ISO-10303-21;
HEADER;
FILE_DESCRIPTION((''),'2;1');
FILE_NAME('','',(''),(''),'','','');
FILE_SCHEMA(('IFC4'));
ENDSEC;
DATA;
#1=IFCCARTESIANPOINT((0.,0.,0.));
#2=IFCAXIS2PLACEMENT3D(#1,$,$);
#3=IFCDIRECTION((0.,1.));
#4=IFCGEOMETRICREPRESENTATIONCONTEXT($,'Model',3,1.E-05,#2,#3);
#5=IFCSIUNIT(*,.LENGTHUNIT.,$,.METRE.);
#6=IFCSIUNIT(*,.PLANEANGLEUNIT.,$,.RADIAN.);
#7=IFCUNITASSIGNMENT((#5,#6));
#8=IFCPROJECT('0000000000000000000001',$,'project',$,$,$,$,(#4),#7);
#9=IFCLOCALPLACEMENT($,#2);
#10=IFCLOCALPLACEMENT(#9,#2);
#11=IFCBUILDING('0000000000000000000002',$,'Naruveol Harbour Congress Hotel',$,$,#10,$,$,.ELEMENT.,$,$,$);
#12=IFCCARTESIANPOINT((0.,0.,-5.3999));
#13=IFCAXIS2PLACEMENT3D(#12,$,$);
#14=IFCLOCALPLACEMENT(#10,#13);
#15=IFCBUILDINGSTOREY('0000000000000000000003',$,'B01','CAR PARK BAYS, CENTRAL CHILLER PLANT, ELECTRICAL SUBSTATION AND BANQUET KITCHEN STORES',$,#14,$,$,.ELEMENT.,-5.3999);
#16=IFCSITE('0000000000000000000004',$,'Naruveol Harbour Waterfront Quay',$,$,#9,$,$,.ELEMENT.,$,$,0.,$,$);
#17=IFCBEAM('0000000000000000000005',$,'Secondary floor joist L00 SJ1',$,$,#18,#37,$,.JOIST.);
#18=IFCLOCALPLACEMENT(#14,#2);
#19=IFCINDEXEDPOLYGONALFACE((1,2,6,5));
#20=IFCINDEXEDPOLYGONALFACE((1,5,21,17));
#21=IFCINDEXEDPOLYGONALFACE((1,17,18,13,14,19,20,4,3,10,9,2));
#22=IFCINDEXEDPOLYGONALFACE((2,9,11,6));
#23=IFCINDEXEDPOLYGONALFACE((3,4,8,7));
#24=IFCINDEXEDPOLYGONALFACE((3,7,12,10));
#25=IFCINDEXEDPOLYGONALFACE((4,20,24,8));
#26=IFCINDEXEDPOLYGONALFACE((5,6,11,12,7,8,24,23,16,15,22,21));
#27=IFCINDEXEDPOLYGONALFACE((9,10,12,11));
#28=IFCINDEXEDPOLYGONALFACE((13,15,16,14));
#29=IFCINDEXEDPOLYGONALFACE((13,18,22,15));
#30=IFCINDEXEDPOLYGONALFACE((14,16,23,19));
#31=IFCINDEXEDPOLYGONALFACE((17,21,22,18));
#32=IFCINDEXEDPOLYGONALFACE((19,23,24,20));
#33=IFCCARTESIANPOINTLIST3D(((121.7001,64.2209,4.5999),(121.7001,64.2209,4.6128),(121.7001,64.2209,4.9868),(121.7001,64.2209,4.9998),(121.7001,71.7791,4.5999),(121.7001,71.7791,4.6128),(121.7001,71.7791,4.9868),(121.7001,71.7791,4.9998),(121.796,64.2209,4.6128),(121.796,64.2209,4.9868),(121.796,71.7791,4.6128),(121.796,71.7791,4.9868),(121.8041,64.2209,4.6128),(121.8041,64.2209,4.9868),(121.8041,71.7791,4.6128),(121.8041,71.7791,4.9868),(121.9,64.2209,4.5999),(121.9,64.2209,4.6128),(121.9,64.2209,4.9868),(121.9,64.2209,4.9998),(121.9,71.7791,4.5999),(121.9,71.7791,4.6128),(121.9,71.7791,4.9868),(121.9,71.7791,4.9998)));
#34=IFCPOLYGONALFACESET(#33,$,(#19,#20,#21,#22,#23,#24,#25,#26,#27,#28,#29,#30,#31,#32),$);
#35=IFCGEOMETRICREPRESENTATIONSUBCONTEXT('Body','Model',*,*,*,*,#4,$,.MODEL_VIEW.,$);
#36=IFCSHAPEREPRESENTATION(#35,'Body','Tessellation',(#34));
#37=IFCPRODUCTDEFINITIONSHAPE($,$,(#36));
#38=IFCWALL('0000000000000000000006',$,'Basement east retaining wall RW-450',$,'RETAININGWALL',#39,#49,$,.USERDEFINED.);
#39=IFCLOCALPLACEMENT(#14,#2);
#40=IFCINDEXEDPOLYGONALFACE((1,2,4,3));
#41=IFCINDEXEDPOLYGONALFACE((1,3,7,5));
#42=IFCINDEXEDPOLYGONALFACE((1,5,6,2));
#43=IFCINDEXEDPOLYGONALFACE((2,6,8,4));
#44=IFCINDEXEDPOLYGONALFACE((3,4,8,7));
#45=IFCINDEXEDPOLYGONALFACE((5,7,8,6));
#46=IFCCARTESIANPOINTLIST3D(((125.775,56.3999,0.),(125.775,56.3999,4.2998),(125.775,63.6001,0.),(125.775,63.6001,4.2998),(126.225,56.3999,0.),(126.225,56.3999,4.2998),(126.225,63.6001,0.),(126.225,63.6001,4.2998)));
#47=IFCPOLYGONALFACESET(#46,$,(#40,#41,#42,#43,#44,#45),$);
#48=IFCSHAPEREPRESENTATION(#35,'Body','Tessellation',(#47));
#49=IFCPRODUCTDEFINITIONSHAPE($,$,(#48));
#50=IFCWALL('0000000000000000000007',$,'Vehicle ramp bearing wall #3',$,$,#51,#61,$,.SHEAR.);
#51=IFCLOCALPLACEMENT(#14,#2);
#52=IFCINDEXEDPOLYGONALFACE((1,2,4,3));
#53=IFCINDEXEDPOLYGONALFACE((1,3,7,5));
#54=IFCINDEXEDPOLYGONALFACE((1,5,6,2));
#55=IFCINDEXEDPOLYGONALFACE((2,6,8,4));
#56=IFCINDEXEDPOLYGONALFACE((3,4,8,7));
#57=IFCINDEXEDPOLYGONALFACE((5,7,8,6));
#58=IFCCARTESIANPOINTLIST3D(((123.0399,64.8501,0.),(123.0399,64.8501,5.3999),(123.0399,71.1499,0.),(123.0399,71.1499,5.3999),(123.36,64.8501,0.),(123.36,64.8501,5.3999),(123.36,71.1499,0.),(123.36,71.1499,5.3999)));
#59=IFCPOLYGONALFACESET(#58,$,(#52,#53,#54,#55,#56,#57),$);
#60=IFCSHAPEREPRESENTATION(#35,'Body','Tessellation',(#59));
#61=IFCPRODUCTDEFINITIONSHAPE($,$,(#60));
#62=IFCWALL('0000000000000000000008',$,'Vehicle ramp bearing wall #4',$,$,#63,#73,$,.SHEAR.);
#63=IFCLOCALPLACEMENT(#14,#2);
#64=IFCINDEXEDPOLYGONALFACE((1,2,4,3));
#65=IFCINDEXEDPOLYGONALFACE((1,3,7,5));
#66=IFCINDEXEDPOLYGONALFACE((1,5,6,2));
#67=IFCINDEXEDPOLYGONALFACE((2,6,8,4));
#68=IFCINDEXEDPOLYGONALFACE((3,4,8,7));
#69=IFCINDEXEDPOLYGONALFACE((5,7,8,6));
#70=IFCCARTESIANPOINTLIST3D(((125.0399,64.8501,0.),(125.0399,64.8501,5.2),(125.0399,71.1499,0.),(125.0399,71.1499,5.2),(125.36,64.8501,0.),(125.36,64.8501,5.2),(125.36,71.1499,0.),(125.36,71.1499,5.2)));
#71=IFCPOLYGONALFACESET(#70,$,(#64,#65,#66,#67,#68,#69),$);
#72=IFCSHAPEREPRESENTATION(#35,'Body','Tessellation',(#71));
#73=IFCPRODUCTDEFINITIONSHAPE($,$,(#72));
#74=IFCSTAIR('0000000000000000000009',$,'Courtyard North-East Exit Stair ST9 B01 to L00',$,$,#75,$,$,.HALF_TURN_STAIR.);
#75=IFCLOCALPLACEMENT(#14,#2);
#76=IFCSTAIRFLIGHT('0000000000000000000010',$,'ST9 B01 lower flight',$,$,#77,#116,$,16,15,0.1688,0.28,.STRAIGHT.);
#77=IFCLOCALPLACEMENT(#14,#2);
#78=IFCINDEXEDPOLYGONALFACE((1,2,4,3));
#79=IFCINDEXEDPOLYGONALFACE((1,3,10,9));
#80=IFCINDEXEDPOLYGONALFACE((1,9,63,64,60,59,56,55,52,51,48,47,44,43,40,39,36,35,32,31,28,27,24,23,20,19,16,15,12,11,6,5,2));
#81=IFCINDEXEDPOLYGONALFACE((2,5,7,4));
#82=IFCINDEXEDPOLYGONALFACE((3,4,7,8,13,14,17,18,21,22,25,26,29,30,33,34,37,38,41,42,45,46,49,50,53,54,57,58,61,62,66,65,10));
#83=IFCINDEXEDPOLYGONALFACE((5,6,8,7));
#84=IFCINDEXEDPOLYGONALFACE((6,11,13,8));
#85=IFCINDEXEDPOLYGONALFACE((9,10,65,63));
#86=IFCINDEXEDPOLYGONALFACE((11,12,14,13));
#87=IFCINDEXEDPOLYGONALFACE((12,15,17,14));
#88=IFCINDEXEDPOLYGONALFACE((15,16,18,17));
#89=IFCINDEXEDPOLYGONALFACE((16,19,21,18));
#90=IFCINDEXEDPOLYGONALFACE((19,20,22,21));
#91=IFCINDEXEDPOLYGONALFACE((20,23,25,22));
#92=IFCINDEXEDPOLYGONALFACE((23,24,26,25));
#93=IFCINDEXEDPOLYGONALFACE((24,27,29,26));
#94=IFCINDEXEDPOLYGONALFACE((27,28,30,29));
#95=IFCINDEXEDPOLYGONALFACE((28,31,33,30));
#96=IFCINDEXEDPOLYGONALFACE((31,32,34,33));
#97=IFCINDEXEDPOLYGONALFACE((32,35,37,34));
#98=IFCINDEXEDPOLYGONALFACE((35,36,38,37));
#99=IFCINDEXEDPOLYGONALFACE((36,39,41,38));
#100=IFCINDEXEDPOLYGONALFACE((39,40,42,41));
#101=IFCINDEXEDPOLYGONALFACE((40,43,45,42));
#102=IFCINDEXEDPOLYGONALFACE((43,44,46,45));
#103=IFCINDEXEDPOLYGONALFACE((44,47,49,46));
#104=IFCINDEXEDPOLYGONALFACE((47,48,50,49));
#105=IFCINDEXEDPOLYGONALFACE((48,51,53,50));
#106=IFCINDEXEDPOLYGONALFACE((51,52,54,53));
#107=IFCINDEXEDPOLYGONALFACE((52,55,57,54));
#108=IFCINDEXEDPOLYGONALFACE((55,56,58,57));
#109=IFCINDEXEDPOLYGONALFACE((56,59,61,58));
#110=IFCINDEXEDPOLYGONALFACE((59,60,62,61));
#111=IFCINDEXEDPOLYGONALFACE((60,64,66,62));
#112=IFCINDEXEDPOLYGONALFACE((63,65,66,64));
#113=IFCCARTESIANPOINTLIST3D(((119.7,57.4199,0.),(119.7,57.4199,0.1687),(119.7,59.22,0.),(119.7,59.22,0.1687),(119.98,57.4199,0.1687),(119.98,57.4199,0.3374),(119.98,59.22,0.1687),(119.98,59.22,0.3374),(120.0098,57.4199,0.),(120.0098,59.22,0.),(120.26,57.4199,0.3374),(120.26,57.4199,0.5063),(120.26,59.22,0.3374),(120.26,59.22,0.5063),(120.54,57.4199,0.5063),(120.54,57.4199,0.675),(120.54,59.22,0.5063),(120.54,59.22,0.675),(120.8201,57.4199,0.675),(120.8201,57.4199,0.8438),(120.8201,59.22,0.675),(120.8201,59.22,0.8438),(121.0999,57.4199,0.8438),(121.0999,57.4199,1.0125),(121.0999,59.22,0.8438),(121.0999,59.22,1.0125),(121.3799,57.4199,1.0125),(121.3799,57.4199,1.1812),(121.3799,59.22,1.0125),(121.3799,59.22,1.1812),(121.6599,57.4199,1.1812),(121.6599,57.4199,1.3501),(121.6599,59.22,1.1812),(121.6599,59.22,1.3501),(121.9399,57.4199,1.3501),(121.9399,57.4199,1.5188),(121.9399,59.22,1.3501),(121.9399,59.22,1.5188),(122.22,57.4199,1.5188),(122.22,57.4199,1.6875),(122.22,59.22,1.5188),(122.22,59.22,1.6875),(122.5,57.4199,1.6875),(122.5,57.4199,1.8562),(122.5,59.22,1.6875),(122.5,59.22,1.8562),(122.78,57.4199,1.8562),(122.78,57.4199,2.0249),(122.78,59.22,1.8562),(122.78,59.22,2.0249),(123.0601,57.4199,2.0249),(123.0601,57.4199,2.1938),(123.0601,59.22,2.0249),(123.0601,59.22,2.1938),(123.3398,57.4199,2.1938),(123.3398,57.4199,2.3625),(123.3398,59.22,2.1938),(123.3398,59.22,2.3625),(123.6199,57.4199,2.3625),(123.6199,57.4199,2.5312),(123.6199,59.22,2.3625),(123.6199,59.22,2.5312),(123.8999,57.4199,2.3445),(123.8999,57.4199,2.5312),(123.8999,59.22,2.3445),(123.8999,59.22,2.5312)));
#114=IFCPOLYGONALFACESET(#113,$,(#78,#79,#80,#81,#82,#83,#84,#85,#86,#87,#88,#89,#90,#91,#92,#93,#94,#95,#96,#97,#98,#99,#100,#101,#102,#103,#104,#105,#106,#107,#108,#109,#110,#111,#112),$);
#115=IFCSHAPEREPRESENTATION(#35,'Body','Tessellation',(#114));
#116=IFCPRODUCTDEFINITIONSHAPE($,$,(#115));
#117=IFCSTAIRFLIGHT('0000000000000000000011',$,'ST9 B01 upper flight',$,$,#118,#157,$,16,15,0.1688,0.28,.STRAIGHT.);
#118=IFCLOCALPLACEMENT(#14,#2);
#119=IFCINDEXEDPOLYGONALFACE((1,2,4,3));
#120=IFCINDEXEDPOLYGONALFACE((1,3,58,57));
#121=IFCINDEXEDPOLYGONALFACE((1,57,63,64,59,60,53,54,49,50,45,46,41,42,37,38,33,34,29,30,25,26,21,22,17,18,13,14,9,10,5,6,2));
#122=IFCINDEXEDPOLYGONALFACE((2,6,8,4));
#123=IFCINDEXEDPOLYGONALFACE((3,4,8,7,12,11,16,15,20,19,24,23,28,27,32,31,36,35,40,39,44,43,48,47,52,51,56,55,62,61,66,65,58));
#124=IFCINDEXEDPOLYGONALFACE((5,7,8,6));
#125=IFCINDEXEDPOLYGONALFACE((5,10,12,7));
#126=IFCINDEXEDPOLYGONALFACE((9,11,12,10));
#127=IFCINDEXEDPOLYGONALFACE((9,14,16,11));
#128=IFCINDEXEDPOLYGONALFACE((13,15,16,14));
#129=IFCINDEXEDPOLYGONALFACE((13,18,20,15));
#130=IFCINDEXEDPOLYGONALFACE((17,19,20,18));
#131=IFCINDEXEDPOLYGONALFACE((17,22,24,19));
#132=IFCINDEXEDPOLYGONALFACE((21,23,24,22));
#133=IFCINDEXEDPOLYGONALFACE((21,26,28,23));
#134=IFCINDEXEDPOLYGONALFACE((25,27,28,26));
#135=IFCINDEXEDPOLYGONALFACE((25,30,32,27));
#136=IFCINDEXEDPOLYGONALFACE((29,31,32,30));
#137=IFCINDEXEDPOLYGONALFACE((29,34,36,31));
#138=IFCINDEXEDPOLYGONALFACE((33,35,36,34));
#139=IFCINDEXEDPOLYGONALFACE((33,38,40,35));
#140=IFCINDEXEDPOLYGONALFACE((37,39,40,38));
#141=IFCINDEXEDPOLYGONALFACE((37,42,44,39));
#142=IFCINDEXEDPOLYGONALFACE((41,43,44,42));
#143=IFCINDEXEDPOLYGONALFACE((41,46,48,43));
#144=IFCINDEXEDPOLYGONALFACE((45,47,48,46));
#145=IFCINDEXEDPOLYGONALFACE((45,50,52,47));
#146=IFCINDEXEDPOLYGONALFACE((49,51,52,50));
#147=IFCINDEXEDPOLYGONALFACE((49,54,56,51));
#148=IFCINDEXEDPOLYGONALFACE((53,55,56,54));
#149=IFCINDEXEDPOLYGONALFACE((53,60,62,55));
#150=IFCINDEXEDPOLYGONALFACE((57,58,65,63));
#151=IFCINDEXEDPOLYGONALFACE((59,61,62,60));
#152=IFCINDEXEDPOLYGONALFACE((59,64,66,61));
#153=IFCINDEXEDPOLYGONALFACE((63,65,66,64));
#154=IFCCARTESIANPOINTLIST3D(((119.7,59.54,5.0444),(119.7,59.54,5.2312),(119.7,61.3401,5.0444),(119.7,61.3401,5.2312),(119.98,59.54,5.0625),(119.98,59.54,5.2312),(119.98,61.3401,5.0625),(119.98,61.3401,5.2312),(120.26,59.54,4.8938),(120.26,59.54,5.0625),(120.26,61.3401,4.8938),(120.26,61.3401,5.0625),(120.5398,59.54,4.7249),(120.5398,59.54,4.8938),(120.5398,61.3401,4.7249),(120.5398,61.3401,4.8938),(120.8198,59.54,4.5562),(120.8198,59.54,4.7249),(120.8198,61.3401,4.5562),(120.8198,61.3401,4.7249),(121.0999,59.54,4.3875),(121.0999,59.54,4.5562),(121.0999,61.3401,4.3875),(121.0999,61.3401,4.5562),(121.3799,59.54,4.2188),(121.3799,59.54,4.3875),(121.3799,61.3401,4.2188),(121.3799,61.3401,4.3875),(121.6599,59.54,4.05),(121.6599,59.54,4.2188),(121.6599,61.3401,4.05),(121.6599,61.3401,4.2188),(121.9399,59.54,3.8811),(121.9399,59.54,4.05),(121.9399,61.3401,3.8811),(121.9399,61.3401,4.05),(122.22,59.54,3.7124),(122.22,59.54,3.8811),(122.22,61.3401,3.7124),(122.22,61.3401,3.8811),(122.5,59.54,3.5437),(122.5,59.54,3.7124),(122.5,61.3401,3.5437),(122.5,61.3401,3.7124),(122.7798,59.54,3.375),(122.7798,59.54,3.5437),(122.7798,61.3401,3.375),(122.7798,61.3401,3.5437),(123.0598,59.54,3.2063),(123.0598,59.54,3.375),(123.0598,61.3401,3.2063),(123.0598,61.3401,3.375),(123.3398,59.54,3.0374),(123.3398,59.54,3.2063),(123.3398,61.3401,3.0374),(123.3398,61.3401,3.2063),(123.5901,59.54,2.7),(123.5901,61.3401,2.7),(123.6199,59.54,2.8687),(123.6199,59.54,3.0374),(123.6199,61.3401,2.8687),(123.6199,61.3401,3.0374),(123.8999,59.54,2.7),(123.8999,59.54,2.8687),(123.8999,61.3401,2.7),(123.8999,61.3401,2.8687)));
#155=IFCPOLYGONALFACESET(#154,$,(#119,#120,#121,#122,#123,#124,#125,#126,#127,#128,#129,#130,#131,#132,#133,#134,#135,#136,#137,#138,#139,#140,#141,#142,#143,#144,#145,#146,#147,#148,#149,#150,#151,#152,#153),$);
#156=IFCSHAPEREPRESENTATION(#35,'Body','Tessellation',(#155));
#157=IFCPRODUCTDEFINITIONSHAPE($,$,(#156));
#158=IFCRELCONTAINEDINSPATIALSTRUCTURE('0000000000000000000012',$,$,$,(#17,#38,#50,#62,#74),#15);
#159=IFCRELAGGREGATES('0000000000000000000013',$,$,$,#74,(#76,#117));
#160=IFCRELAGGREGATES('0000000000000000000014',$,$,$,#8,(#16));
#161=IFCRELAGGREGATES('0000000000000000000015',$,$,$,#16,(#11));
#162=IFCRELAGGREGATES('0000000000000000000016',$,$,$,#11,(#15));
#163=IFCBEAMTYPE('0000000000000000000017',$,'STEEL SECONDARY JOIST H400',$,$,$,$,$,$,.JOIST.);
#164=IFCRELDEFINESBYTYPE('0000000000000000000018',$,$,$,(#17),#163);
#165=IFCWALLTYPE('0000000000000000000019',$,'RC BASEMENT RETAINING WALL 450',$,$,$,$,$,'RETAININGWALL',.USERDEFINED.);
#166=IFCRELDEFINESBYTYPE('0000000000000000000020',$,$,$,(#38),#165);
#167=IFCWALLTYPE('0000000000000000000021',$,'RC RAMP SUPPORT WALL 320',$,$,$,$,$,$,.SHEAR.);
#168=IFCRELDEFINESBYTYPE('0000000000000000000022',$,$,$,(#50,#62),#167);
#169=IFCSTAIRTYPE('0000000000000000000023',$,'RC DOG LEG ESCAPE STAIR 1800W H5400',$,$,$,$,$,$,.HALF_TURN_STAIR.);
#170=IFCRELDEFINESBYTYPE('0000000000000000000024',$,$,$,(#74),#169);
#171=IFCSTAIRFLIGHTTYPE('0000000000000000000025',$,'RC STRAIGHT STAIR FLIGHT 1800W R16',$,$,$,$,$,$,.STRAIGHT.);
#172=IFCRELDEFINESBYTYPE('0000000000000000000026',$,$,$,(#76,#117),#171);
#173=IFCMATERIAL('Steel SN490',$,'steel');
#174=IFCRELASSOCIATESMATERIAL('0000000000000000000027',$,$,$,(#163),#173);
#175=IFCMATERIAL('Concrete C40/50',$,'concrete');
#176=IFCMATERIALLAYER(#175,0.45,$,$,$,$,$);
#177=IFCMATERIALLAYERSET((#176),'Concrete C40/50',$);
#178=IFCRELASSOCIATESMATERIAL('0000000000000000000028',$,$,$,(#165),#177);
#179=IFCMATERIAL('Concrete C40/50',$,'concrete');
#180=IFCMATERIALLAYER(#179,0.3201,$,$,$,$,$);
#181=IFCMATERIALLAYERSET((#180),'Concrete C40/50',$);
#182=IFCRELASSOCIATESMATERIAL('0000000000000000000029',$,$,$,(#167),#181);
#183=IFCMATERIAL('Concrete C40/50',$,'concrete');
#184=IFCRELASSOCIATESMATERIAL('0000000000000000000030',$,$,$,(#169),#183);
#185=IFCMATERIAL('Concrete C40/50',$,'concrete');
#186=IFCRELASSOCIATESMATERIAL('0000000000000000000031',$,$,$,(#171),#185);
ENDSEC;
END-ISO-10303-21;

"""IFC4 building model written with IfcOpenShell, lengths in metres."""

from ifc_helpers import new_model, si_unit, direction, frame, frame_2d, origin, origin_2d, place, context, subcontext, project, spatial, polyline, rectangle, i_section, outline, extrude, material, layer, layer_set, material_profile, profile_set, type_object, element, aggregate, save


model = new_model("IFC4")

# Units and contexts
model_context = context("Model", 3, precision=1e-05, world=origin(), true_north=direction((0.0, 1.0)))
body_context = subcontext(model_context, "Body", "Model", "MODEL_VIEW")
ifc_project = project(units=[si_unit("LENGTHUNIT", "METRE"), si_unit("PLANEANGLEUNIT", "RADIAN")], contexts=[model_context])

# Site, building, storey
site_placement = place(None, origin())
site = spatial("IfcSite", under=ifc_project, at=site_placement, Name="Naruveol Harbour Waterfront Quay", CompositionType="ELEMENT", RefElevation=0.0)
building_placement = place(site_placement, origin())
building = spatial("IfcBuilding", under=site, at=building_placement, Name="Naruveol Harbour Congress Hotel", CompositionType="ELEMENT")
storey_placement = place(building_placement, frame((0.0, 0.0, -5.3999)))
storey = spatial("IfcBuildingStorey", under=building, at=storey_placement, Name="B01", Description="CAR PARK BAYS, CENTRAL CHILLER PLANT, ELECTRICAL SUBSTATION AND BANQUET KITCHEN STORES", CompositionType="ELEMENT", Elevation=-5.3999)

# Beam
ifc_material_1 = material(Name="Steel SN490", Category="steel")
ifc_material_profile_1 = material_profile(ifc_material_1, i_section(OverallWidth=0.2, OverallDepth=0.3999, WebThickness=0.0081, FlangeThickness=0.0129, at=origin_2d()), Name="H-400x200x8x13")
ifc_profile_set_1 = profile_set([ifc_material_profile_1], Name="Steel SN490")
beam_type_1 = type_object("IfcBeamType", Name="STEEL SECONDARY JOIST H400", PredefinedType="JOIST", material=ifc_profile_set_1)
beam_1_placement = place(storey_placement, frame((121.8, 64.2209, 4.7998), z_axis=(0.0, 1.0, 0.0), x_axis=(-1.0, 0.0, 0.0)))
element("IfcBeam", 1, at=beam_1_placement, inside=storey, type_object=beam_type_1, Name="Secondary floor joist L00 SJ1", PredefinedType="JOIST", context=body_context, shape_type="SweptSolid", body=[
    extrude(i_section(OverallWidth=0.2, OverallDepth=0.3999, WebThickness=0.0081, FlangeThickness=0.0129, at=origin_2d()), origin(), (0.0, 0.0, 1.0), 7.5581),
])

# Walls
ifc_material_2 = material(Name="Concrete C40/50", Category="concrete")
ifc_layer_1 = layer(ifc_material_2, 0.45)
ifc_layer_set_1 = layer_set([ifc_layer_1], Name="Concrete C40/50")
wall_type_1 = type_object("IfcWallType", Name="RC BASEMENT RETAINING WALL 450", ElementType="RETAININGWALL", PredefinedType="USERDEFINED", material=ifc_layer_set_1)
wall_1_placement = place(storey_placement, frame((126.0, 63.6001, 0.0), z_axis=(0.0, 0.0, 1.0), x_axis=(0.0, -1.0, 0.0)))
element("IfcWall", 2, at=wall_1_placement, inside=storey, type_object=wall_type_1, Name="Basement east retaining wall RW-450", ObjectType="RETAININGWALL", PredefinedType="USERDEFINED", context=body_context, shape_type="SweptSolid", body=[
    extrude(rectangle(XDim=7.2002, YDim=0.45, at=frame_2d((3.6001, 0.0))), origin(), (0.0, 0.0, 1.0), 4.2998),
])
ifc_material_3 = material(Name="Concrete C40/50", Category="concrete")
ifc_layer_2 = layer(ifc_material_3, 0.3201)
ifc_layer_set_2 = layer_set([ifc_layer_2], Name="Concrete C40/50")
wall_type_2 = type_object("IfcWallType", Name="RC RAMP SUPPORT WALL 320", PredefinedType="SHEAR", material=ifc_layer_set_2)
wall_2_placement = place(storey_placement, frame((123.2, 64.8501, 0.0), z_axis=(0.0, 0.0, 1.0), x_axis=(0.0, 1.0, 0.0)))
element("IfcWall", 3, at=wall_2_placement, inside=storey, type_object=wall_type_2, Name="Vehicle ramp bearing wall #3", PredefinedType="SHEAR", context=body_context, shape_type="SweptSolid", body=[
    extrude(rectangle(XDim=6.2998, YDim=0.3201, at=frame_2d((3.1499, 0.0))), origin(), (0.0, 0.0, 1.0), 5.3999),
])
wall_3_placement = place(storey_placement, frame((125.2, 64.8501, 0.0), z_axis=(0.0, 0.0, 1.0), x_axis=(0.0, 1.0, 0.0)))
element("IfcWall", 4, at=wall_3_placement, inside=storey, type_object=wall_type_2, Name="Vehicle ramp bearing wall #4", PredefinedType="SHEAR", context=body_context, shape_type="SweptSolid", body=[
    extrude(rectangle(XDim=6.2998, YDim=0.3201, at=frame_2d((3.1499, 0.0))), origin(), (0.0, 0.0, 1.0), 5.2),
])

# Stair, stair flights
ifc_material_4 = material(Name="Concrete C40/50", Category="concrete")
stair_type = type_object("IfcStairType", Name="RC DOG LEG ESCAPE STAIR 1800W H5400", PredefinedType="HALF_TURN_STAIR", material=ifc_material_4)
stair_placement = place(storey_placement, origin())
stair = element("IfcStair", 5, at=stair_placement, inside=storey, type_object=stair_type, Name="Courtyard North-East Exit Stair ST9 B01 to L00", PredefinedType="HALF_TURN_STAIR")
ifc_material_5 = material(Name="Concrete C40/50", Category="concrete")
stair_flight_type = type_object("IfcStairFlightType", Name="RC STRAIGHT STAIR FLIGHT 1800W R16", PredefinedType="STRAIGHT", material=ifc_material_5)
stair_flight_1_placement = place(storey_placement, frame((119.7, 58.3201, 0.0), z_axis=(0.0, 0.0, 1.0), x_axis=(1.0, 0.0, 0.0)))
stair_flight_1 = element("IfcStairFlight", 6, at=stair_flight_1_placement, type_object=stair_flight_type, Name="ST9 B01 lower flight", NumberOfRisers=16, NumberOfTreads=15, PredefinedType="STRAIGHT", RiserHeight=0.1688, TreadLength=0.28, context=body_context, shape_type="SweptSolid", body=[
    extrude(outline(polyline([(0.0, 0.0), (0.0, 0.1687), (0.28, 0.1687), (0.28, 0.3374), (0.5601, 0.3374), (0.5601, 0.5063), (0.8401, 0.5063), (0.8401, 0.675), (1.1201, 0.675), (1.1201, 0.8438), (1.3999, 0.8438), (1.3999, 1.0125), (1.6799, 1.0125), (1.6799, 1.1812), (1.96, 1.1812), (1.96, 1.3501), (2.24, 1.3501), (2.24, 1.5188), (2.52, 1.5188), (2.52, 1.6875), (2.8, 1.6875), (2.8, 1.8562), (3.0801, 1.8562), (3.0801, 2.0249), (3.3601, 2.0249), (3.3601, 2.1938), (3.6399, 2.1938), (3.6399, 2.3625), (3.9199, 2.3625), (3.9199, 2.5312), (4.2, 2.5312), (4.2, 2.7), (4.2, 2.3445), (0.3098, 0.0), (0.0, 0.0)])), frame((0.0, 0.8999, 0.0), z_axis=(0.0, -1.0, 0.0), x_axis=(1.0, 0.0, 0.0)), (0.0, 0.0, 1.0), 1.8),
])
stair_flight_2_placement = place(storey_placement, frame((123.8999, 60.4399, 2.7), z_axis=(0.0, 0.0, 1.0), x_axis=(-1.0, 0.0, 0.0)))
stair_flight_2 = element("IfcStairFlight", 7, at=stair_flight_2_placement, type_object=stair_flight_type, Name="ST9 B01 upper flight", NumberOfRisers=16, NumberOfTreads=15, PredefinedType="STRAIGHT", RiserHeight=0.1688, TreadLength=0.28, context=body_context, shape_type="SweptSolid", body=[
    extrude(outline(polyline([(0.0, 0.0), (0.0, 0.1687), (0.28, 0.1687), (0.28, 0.3374), (0.5601, 0.3374), (0.5601, 0.5063), (0.8401, 0.5063), (0.8401, 0.675), (1.1201, 0.675), (1.1201, 0.8438), (1.3999, 0.8438), (1.3999, 1.0125), (1.6799, 1.0125), (1.6799, 1.1812), (1.96, 1.1812), (1.96, 1.3501), (2.24, 1.3501), (2.24, 1.5188), (2.52, 1.5188), (2.52, 1.6875), (2.8, 1.6875), (2.8, 1.8562), (3.0801, 1.8562), (3.0801, 2.0249), (3.3601, 2.0249), (3.3601, 2.1938), (3.6399, 2.1938), (3.6399, 2.3625), (3.9199, 2.3625), (3.9199, 2.5312), (4.2, 2.5312), (4.2, 2.7), (4.2, 2.3445), (0.3098, 0.0), (0.0, 0.0)])), frame((0.0, 0.8999, 0.0), z_axis=(0.0, -1.0, 0.0), x_axis=(1.0, 0.0, 0.0)), (0.0, 0.0, 1.0), 1.8),
])
aggregate(stair, [stair_flight_1, stair_flight_2])

save(model, "model.ifc")
